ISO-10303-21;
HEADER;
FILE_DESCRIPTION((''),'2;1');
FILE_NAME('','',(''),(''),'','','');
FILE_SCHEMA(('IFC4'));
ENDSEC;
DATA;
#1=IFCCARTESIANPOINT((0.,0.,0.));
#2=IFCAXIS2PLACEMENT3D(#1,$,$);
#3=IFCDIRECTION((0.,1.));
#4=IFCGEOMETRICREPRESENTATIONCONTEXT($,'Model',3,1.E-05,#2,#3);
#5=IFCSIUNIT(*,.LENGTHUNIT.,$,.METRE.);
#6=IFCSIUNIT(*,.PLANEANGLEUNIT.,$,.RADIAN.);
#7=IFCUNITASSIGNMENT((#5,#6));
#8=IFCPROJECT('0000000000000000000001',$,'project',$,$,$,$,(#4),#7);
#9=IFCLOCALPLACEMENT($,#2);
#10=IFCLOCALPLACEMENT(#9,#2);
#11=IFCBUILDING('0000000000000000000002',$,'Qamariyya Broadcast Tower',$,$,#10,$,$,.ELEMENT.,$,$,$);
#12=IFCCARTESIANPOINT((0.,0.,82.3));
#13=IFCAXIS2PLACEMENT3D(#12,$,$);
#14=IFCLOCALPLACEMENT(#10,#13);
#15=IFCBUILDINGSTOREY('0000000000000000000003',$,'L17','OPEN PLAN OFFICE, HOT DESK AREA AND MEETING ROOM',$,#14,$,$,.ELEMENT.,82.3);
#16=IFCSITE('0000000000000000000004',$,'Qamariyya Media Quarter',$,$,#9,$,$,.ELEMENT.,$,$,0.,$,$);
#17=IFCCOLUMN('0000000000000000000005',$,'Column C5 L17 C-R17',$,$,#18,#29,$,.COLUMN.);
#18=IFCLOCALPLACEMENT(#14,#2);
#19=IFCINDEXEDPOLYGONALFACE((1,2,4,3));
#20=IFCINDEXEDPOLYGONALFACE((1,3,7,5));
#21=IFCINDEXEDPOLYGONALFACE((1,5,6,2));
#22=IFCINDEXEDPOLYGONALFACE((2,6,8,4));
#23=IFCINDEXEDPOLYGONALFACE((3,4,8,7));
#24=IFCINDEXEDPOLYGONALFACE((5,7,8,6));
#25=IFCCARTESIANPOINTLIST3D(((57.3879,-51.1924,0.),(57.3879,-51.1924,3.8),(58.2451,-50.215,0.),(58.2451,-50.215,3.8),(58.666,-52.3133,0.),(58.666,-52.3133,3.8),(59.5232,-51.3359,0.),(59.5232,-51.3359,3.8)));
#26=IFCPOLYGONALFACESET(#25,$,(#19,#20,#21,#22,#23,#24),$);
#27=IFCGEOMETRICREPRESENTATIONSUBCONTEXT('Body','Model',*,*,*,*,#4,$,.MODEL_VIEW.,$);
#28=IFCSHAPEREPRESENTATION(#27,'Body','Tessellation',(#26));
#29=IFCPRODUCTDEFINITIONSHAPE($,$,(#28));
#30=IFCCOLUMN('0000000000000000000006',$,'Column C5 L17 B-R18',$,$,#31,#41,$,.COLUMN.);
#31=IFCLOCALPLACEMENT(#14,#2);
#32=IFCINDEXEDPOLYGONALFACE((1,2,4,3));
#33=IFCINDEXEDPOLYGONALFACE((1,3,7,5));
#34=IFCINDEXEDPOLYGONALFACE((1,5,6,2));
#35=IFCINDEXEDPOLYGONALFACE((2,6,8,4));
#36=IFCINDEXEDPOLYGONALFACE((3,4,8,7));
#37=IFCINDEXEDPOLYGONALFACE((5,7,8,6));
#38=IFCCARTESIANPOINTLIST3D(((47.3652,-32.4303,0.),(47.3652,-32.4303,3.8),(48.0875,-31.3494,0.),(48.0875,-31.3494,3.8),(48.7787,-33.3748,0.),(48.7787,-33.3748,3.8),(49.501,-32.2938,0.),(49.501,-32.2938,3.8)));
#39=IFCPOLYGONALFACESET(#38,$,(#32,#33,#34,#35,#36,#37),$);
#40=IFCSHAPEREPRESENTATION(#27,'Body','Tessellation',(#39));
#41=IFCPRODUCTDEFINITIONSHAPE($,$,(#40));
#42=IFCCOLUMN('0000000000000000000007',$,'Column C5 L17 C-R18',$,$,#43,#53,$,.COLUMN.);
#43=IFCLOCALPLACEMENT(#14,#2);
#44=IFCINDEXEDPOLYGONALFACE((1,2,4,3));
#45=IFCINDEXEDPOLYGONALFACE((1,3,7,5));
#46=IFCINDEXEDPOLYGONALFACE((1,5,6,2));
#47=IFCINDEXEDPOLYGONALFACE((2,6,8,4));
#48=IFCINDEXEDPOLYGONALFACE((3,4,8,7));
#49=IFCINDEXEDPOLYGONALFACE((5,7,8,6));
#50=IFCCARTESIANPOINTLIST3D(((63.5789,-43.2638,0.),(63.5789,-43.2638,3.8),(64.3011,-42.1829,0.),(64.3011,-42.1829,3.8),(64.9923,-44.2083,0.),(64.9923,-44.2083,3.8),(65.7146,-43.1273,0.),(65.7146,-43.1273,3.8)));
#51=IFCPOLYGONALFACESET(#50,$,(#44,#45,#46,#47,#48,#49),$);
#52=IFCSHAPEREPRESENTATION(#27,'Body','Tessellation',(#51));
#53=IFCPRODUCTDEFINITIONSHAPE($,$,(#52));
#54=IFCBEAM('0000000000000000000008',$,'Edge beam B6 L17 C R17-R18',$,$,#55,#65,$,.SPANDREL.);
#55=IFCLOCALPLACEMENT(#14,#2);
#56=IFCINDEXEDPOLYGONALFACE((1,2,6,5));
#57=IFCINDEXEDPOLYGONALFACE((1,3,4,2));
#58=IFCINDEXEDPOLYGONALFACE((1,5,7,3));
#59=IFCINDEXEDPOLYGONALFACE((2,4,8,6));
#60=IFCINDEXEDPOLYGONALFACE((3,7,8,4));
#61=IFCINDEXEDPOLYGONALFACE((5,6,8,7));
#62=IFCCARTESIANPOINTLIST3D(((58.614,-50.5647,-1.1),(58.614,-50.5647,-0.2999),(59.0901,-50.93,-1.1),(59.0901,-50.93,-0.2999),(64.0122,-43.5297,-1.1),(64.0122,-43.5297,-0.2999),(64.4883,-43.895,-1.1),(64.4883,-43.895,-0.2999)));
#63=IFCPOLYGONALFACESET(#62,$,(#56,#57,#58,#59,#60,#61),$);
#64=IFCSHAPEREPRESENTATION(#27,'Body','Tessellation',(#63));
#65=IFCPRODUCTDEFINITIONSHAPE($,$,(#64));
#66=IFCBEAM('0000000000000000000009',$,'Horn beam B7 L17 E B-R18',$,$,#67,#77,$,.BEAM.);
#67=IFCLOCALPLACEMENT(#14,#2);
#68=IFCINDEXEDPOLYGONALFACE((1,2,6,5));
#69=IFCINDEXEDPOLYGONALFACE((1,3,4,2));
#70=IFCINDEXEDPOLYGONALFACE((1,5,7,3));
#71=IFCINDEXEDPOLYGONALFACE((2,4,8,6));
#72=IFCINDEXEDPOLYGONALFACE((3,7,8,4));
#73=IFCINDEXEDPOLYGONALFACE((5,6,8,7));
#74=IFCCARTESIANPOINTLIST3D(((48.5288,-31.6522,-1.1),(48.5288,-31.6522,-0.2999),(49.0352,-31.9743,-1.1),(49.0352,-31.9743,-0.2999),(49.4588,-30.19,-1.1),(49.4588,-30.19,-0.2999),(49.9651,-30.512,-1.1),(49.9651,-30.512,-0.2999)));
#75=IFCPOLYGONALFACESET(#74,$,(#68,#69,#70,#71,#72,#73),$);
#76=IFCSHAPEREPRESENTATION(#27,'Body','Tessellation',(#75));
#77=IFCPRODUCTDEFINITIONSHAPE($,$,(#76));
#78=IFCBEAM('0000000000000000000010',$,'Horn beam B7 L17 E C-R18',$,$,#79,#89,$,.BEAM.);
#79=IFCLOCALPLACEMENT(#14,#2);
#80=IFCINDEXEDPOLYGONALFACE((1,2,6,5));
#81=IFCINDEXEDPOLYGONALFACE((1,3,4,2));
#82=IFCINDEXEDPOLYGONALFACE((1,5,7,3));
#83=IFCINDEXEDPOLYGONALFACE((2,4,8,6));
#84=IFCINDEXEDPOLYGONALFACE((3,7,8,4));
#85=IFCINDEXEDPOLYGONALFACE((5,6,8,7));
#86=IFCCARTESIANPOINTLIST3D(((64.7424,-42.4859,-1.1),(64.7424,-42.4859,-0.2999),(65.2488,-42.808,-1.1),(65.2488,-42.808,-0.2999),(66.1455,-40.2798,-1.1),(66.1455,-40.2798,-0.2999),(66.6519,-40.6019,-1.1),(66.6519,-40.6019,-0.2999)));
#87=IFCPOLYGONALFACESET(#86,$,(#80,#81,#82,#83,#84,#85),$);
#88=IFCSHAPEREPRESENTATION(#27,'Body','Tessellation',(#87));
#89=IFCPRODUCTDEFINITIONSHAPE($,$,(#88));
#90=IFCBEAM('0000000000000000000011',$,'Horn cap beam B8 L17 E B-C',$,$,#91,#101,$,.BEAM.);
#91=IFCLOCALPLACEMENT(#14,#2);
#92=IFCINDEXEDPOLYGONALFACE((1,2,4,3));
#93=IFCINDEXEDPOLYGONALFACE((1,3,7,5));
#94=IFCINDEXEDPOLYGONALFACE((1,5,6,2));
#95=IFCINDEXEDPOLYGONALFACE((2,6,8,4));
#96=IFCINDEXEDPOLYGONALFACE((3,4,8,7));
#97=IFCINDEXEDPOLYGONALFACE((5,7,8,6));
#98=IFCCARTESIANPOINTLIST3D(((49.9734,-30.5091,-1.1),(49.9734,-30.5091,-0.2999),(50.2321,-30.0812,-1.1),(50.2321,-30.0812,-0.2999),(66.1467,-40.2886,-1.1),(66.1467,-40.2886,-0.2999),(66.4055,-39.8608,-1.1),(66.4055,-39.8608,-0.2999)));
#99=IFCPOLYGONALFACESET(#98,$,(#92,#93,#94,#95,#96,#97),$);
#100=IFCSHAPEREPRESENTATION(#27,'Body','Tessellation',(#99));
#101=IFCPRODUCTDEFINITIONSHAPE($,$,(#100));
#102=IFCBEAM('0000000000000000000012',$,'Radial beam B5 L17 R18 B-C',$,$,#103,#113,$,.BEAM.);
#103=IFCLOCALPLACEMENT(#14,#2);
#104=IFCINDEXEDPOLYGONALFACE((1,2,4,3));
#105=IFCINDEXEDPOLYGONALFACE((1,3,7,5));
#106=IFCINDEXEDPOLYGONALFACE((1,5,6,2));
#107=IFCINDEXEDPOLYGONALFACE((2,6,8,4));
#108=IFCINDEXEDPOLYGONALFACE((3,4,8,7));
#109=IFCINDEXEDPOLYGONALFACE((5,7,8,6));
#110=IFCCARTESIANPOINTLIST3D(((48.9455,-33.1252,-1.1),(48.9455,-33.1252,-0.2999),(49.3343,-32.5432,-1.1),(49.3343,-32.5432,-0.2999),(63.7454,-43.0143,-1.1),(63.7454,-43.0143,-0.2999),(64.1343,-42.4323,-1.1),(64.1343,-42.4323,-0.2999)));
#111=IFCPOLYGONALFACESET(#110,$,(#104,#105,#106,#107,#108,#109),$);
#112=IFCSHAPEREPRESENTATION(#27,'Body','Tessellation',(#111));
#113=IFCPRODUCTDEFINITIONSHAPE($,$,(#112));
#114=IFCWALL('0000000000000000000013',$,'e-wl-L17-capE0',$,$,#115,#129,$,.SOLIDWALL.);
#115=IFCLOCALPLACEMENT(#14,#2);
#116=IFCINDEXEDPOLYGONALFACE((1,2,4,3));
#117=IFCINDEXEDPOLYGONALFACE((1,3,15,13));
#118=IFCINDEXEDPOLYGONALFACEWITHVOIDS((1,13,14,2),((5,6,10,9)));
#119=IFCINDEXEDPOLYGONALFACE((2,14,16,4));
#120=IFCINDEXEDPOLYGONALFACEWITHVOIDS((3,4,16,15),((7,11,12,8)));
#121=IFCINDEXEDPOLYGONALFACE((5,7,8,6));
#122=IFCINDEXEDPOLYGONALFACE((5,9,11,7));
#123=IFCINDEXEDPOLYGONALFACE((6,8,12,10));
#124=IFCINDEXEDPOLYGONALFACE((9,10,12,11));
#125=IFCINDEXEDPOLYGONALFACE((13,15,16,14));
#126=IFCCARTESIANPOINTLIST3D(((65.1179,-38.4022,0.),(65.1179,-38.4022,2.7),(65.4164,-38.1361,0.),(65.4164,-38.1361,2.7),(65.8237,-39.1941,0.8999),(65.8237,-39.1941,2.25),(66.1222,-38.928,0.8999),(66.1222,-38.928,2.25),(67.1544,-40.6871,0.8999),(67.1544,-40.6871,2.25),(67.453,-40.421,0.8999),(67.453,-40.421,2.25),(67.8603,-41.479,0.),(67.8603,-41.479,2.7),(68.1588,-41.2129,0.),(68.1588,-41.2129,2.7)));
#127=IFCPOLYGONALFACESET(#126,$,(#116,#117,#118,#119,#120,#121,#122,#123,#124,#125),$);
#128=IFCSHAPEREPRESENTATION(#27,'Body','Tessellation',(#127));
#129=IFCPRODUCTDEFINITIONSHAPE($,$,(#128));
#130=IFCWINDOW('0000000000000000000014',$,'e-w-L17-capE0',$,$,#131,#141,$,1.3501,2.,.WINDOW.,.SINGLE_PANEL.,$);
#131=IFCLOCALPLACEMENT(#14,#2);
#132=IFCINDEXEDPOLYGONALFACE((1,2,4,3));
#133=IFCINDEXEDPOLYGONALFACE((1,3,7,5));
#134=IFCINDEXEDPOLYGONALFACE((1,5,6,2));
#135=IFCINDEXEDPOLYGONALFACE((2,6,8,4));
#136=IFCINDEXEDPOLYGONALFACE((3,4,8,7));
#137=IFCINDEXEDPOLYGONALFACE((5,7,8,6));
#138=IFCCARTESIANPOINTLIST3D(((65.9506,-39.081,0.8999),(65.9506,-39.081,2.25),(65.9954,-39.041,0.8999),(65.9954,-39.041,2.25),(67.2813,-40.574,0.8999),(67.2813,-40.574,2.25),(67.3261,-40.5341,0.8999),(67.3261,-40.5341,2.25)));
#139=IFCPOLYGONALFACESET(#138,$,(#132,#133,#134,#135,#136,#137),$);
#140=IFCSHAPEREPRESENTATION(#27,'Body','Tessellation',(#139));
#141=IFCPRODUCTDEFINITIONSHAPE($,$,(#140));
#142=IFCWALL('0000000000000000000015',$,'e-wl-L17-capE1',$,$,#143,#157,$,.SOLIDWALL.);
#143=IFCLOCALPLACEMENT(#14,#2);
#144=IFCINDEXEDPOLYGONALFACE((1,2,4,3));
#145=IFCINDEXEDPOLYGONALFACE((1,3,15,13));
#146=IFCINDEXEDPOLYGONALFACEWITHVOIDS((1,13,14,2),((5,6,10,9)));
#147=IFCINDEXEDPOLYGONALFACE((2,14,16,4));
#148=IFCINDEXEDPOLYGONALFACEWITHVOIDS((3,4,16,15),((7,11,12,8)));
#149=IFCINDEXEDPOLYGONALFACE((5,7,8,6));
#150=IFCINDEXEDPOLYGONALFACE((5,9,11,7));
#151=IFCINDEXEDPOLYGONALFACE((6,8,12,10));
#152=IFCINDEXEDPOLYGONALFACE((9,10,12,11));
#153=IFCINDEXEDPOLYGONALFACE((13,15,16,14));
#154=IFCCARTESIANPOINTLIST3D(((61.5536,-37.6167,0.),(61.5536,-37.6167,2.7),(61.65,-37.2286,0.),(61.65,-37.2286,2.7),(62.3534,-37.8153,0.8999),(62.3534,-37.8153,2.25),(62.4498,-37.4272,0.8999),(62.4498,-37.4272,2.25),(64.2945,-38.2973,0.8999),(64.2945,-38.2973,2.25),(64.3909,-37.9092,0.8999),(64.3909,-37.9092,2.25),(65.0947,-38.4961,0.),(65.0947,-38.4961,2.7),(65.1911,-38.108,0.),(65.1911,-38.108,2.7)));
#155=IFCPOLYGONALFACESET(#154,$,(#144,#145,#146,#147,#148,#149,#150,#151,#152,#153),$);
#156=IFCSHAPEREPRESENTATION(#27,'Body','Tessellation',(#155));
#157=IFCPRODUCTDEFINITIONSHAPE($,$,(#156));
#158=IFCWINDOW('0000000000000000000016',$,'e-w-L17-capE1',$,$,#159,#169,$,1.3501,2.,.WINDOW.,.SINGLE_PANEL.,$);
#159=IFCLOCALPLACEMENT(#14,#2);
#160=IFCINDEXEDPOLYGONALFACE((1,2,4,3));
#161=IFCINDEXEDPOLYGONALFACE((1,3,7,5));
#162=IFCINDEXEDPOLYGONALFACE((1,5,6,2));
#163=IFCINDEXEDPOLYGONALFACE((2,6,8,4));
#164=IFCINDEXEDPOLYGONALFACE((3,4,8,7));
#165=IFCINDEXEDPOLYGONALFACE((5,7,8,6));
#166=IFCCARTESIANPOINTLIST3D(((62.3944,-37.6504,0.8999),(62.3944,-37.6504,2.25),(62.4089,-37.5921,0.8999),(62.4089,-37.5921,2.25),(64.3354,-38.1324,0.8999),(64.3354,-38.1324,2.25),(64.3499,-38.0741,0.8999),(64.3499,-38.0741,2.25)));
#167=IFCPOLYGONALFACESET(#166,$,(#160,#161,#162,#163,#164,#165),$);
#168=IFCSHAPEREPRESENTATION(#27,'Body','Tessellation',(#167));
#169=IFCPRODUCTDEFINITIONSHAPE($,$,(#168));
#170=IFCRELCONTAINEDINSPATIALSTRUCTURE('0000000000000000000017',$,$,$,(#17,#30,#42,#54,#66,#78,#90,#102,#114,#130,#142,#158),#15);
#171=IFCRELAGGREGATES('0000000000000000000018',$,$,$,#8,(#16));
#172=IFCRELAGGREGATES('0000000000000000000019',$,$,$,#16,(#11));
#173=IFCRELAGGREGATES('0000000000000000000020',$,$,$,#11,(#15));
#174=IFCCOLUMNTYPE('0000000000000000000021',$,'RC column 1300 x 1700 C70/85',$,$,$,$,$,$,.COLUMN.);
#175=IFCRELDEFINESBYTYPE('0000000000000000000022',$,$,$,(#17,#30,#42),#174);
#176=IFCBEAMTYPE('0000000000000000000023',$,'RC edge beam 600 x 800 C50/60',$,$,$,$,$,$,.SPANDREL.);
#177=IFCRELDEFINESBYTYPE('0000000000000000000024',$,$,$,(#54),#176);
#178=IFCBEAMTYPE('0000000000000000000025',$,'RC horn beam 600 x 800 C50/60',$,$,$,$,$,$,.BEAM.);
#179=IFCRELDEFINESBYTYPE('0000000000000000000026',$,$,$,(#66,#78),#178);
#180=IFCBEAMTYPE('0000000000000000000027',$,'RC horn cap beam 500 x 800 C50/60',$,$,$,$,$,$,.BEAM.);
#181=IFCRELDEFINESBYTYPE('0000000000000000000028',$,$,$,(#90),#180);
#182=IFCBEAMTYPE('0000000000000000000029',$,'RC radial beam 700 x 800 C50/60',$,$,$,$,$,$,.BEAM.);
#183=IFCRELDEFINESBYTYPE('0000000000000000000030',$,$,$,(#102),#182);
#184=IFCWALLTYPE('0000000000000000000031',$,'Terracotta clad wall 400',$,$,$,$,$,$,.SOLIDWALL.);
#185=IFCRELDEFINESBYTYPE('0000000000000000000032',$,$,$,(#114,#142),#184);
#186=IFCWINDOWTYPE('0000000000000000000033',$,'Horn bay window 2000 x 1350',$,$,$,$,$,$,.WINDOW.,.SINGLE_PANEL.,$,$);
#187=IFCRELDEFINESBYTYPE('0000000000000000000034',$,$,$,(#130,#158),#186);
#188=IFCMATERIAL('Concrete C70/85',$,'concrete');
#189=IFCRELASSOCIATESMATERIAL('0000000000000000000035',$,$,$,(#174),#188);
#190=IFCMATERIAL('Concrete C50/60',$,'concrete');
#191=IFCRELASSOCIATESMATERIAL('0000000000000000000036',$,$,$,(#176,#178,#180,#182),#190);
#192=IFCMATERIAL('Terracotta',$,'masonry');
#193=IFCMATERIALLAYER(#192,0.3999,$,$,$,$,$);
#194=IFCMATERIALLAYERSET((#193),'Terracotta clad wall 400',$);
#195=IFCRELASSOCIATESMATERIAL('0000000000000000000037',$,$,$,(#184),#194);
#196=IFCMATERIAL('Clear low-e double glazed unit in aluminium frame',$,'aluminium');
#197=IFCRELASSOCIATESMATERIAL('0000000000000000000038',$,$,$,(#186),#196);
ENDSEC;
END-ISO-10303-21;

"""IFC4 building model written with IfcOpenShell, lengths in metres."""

from ifc_helpers import new_model, si_unit, direction, frame, frame_2d, origin, origin_2d, place, context, subcontext, project, spatial, rectangle, extrude, material, layer, layer_set, material_profile, profile_set, type_object, element, fill, save


model = new_model("IFC4")

# Units and contexts
model_context = context("Model", 3, precision=1e-05, world=origin(), true_north=direction((0.0, 1.0)))
body_context = subcontext(model_context, "Body", "Model", "MODEL_VIEW")
ifc_project = project(units=[si_unit("LENGTHUNIT", "METRE"), si_unit("PLANEANGLEUNIT", "RADIAN")], contexts=[model_context])

# Site, building, storey
site_placement = place(None, origin())
site = spatial("IfcSite", under=ifc_project, at=site_placement, Name="Qamariyya Media Quarter", CompositionType="ELEMENT", RefElevation=0.0)
building_placement = place(site_placement, origin())
building = spatial("IfcBuilding", under=site, at=building_placement, Name="Qamariyya Broadcast Tower", CompositionType="ELEMENT")
storey_placement = place(building_placement, frame((0.0, 0.0, 82.3)))
storey = spatial("IfcBuildingStorey", under=building, at=storey_placement, Name="L17", Description="OPEN PLAN OFFICE, HOT DESK AREA AND MEETING ROOM", CompositionType="ELEMENT", Elevation=82.3)

# Columns
ifc_material_1 = material(Name="Concrete C70/85", Category="concrete")
ifc_material_profile_1 = material_profile(ifc_material_1, rectangle(XDim=1.3, YDim=1.7, at=origin_2d()))
ifc_profile_set_1 = profile_set([ifc_material_profile_1], Name="Concrete C70/85")
column_type = type_object("IfcColumnType", Name="RC column 1300 x 1700 C70/85", PredefinedType="COLUMN", material=ifc_profile_set_1)
for number, where, z_axis, x_axis, name in (
    (1, (58.4556, -51.2642, 0.0), (0.0, 0.0, 1.0), (0.659346, 0.75184, 0.0), "Column C5 L17 C-R17"),
    (2, (48.4331, -32.3621, 0.0), (0.0, 0.0, 1.0), (0.55557, 0.83147, 0.0), "Column C5 L17 B-R18"),
    (3, (64.6467, -43.1956, 0.0), (0.0, 0.0, 1.0), (0.55557, 0.83147, 0.0), "Column C5 L17 C-R18"),
):
    element("IfcColumn", number, at=place(storey_placement, frame(where, z_axis=z_axis, x_axis=x_axis)), inside=storey, type_object=column_type, Name=name, PredefinedType="COLUMN", context=body_context, shape_type="SweptSolid", body=[
        extrude(rectangle(XDim=1.3, YDim=1.7, at=origin_2d()), origin(), (0.0, 0.0, 1.0), 3.8),
    ])

# Beams
ifc_material_2 = material(Name="Concrete C50/60", Category="concrete")
ifc_material_profile_2 = material_profile(ifc_material_2, rectangle(XDim=0.6001, YDim=0.8, at=origin_2d()))
ifc_profile_set_2 = profile_set([ifc_material_profile_2], Name="Concrete C50/60")
beam_type_1 = type_object("IfcBeamType", Name="RC edge beam 600 x 800 C50/60", PredefinedType="SPANDREL", material=ifc_profile_set_2)
beam_1_placement = place(storey_placement, frame((58.8521, -50.7473, -0.7), z_axis=(0.60877, 0.793347, 0.0), x_axis=(-0.793347, 0.60877, 0.0)))
element("IfcBeam", 4, at=beam_1_placement, inside=storey, type_object=beam_type_1, Name="Edge beam B6 L17 C R17-R18", PredefinedType="SPANDREL", context=body_context, shape_type="SweptSolid", body=[
    extrude(rectangle(XDim=0.6001, YDim=0.8, at=origin_2d()), origin(), (0.0, 0.0, 1.0), 8.8674),
])
ifc_material_profile_3 = material_profile(ifc_material_2, rectangle(XDim=0.6001, YDim=0.8, at=origin_2d()))
ifc_profile_set_3 = profile_set([ifc_material_profile_3], Name="Concrete C50/60")
beam_type_2 = type_object("IfcBeamType", Name="RC horn beam 600 x 800 C50/60", PredefinedType="BEAM", material=ifc_profile_set_3)
beam_2_placement = place(storey_placement, frame((48.782, -31.8132, -0.7), z_axis=(0.536657, 0.843801, 0.0), x_axis=(-0.843801, 0.536657, 0.0)))
element("IfcBeam", 5, at=beam_2_placement, inside=storey, type_object=beam_type_2, Name="Horn beam B7 L17 E B-R18", PredefinedType="BEAM", context=body_context, shape_type="SweptSolid", body=[
    extrude(rectangle(XDim=0.6001, YDim=0.8, at=origin_2d()), origin(), (0.0, 0.0, 1.0), 1.7329),
])
beam_3_placement = place(storey_placement, frame((64.9956, -42.647, -0.7), z_axis=(0.536664, 0.843796, 0.0), x_axis=(-0.843796, 0.536664, 0.0)))
element("IfcBeam", 6, at=beam_3_placement, inside=storey, type_object=beam_type_2, Name="Horn beam B7 L17 E C-R18", PredefinedType="BEAM", context=body_context, shape_type="SweptSolid", body=[
    extrude(rectangle(XDim=0.6001, YDim=0.8, at=origin_2d()), origin(), (0.0, 0.0, 1.0), 2.6145),
])
ifc_material_profile_4 = material_profile(ifc_material_2, rectangle(XDim=0.5, YDim=0.8, at=origin_2d()))
ifc_profile_set_4 = profile_set([ifc_material_profile_4], Name="Concrete C50/60")
beam_type_3 = type_object("IfcBeamType", Name="RC horn cap beam 500 x 800 C50/60", PredefinedType="BEAM", material=ifc_profile_set_4)
beam_4_placement = place(storey_placement, frame((50.1028, -30.2952, -0.7), z_axis=(0.855725, -0.517431, 0.0), x_axis=(0.517431, 0.855725, 0.0)))
element("IfcBeam", 7, at=beam_4_placement, inside=storey, type_object=beam_type_3, Name="Horn cap beam B8 L17 E B-C", PredefinedType="BEAM", context=body_context, shape_type="SweptSolid", body=[
    extrude(rectangle(XDim=0.5, YDim=0.8, at=origin_2d()), origin(), (0.0, 0.0, 1.0), 18.9001),
])
ifc_material_profile_5 = material_profile(ifc_material_2, rectangle(XDim=0.7, YDim=0.8, at=origin_2d()))
ifc_profile_set_5 = profile_set([ifc_material_profile_5], Name="Concrete C50/60")
beam_type_4 = type_object("IfcBeamType", Name="RC radial beam 700 x 800 C50/60", PredefinedType="BEAM", material=ifc_profile_set_5)
beam_5_placement = place(storey_placement, frame((49.1399, -32.8342, -0.7), z_axis=(0.831467, -0.555573, 0.0), x_axis=(0.555573, 0.831467, 0.0)))
element("IfcBeam", 8, at=beam_5_placement, inside=storey, type_object=beam_type_4, Name="Radial beam B5 L17 R18 B-C", PredefinedType="BEAM", context=body_context, shape_type="SweptSolid", body=[
    extrude(rectangle(XDim=0.7, YDim=0.8, at=origin_2d()), origin(), (0.0, 0.0, 1.0), 17.7998),
])

# Walls, openings, windows
ifc_material_3 = material(Name="Terracotta", Category="masonry")
ifc_layer = layer(ifc_material_3, 0.3999)
ifc_layer_set = layer_set([ifc_layer], Name="Terracotta clad wall 400")
wall_type = type_object("IfcWallType", Name="Terracotta clad wall 400", PredefinedType="SOLIDWALL", material=ifc_layer_set)
wall_1_placement = place(storey_placement, frame((68.0095, -41.3459, 0.0), z_axis=(0.0, 0.0, 1.0), x_axis=(-0.665367, 0.746516, 0.0)))
wall_1 = element("IfcWall", 9, at=wall_1_placement, inside=storey, type_object=wall_type, Name="e-wl-L17-capE0", PredefinedType="SOLIDWALL", context=body_context, shape_type="SweptSolid", body=[
    extrude(rectangle(XDim=4.1216, YDim=0.3999, at=frame_2d((2.0608, 0.0))), origin(), (0.0, 0.0, 1.0), 2.7),
])
opening_1_placement = place(wall_1_placement, frame((1.0608, 0.0, 0.8999)))
opening_1 = element("IfcOpeningElement", 10, at=opening_1_placement, cuts=wall_1, PredefinedType="OPENING", context=body_context, shape_type="SweptSolid", body=[
    extrude(rectangle(XDim=2.0, YDim=1.3501, at=frame_2d((1.0, 0.675))), frame((0.0, 0.21, 0.0), z_axis=(0.0, -1.0, 0.0), x_axis=(1.0, 0.0, 0.0)), (0.0, 0.0, 1.0), 0.4199),
])
ifc_material_4 = material(Name="Clear low-e double glazed unit in aluminium frame", Category="aluminium")
window_type = type_object("IfcWindowType", Name="Horn bay window 2000 x 1350", PartitioningType="SINGLE_PANEL", PredefinedType="WINDOW", material=ifc_material_4)
window_1_placement = place(opening_1_placement, origin())
window_1 = element("IfcWindow", 11, at=window_1_placement, inside=storey, type_object=window_type, Name="e-w-L17-capE0", OverallHeight=1.3501, OverallWidth=2.0, PartitioningType="SINGLE_PANEL", PredefinedType="WINDOW", context=body_context, shape_type="SweptSolid", body=[
    extrude(rectangle(XDim=2.0, YDim=1.3501, at=frame_2d((1.0, 0.675))), frame((0.0, 0.03, 0.0), z_axis=(0.0, -1.0, 0.0), x_axis=(1.0, 0.0, 0.0)), (0.0, 0.0, 1.0), 0.0601),
])
fill(opening_1, window_1)
wall_2_placement = place(storey_placement, frame((65.1428, -38.302, 0.0), z_axis=(0.0, 0.0, 1.0), x_axis=(-0.970519, 0.241024, 0.0)))
wall_2 = element("IfcWall", 12, at=wall_2_placement, inside=storey, type_object=wall_type, Name="e-wl-L17-capE1", PredefinedType="SOLIDWALL", context=body_context, shape_type="SweptSolid", body=[
    extrude(rectangle(XDim=3.6487, YDim=0.3999, at=frame_2d((1.8242, 0.0))), origin(), (0.0, 0.0, 1.0), 2.7),
])
opening_2_placement = place(wall_2_placement, frame((0.8245, 0.0, 0.8999)))
opening_2 = element("IfcOpeningElement", 13, at=opening_2_placement, cuts=wall_2, PredefinedType="OPENING", context=body_context, shape_type="SweptSolid", body=[
    extrude(rectangle(XDim=2.0, YDim=1.3501, at=frame_2d((1.0, 0.675))), frame((0.0, 0.21, 0.0), z_axis=(0.0, -1.0, 0.0), x_axis=(1.0, 0.0, 0.0)), (0.0, 0.0, 1.0), 0.4199),
])
window_2_placement = place(opening_2_placement, origin())
window_2 = element("IfcWindow", 14, at=window_2_placement, inside=storey, type_object=window_type, Name="e-w-L17-capE1", OverallHeight=1.3501, OverallWidth=2.0, PartitioningType="SINGLE_PANEL", PredefinedType="WINDOW", context=body_context, shape_type="SweptSolid", body=[
    extrude(rectangle(XDim=2.0, YDim=1.3501, at=frame_2d((1.0, 0.675))), frame((0.0, 0.03, 0.0), z_axis=(0.0, -1.0, 0.0), x_axis=(1.0, 0.0, 0.0)), (0.0, 0.0, 1.0), 0.0601),
])
fill(opening_2, window_2)

save(model, "model.ifc")
